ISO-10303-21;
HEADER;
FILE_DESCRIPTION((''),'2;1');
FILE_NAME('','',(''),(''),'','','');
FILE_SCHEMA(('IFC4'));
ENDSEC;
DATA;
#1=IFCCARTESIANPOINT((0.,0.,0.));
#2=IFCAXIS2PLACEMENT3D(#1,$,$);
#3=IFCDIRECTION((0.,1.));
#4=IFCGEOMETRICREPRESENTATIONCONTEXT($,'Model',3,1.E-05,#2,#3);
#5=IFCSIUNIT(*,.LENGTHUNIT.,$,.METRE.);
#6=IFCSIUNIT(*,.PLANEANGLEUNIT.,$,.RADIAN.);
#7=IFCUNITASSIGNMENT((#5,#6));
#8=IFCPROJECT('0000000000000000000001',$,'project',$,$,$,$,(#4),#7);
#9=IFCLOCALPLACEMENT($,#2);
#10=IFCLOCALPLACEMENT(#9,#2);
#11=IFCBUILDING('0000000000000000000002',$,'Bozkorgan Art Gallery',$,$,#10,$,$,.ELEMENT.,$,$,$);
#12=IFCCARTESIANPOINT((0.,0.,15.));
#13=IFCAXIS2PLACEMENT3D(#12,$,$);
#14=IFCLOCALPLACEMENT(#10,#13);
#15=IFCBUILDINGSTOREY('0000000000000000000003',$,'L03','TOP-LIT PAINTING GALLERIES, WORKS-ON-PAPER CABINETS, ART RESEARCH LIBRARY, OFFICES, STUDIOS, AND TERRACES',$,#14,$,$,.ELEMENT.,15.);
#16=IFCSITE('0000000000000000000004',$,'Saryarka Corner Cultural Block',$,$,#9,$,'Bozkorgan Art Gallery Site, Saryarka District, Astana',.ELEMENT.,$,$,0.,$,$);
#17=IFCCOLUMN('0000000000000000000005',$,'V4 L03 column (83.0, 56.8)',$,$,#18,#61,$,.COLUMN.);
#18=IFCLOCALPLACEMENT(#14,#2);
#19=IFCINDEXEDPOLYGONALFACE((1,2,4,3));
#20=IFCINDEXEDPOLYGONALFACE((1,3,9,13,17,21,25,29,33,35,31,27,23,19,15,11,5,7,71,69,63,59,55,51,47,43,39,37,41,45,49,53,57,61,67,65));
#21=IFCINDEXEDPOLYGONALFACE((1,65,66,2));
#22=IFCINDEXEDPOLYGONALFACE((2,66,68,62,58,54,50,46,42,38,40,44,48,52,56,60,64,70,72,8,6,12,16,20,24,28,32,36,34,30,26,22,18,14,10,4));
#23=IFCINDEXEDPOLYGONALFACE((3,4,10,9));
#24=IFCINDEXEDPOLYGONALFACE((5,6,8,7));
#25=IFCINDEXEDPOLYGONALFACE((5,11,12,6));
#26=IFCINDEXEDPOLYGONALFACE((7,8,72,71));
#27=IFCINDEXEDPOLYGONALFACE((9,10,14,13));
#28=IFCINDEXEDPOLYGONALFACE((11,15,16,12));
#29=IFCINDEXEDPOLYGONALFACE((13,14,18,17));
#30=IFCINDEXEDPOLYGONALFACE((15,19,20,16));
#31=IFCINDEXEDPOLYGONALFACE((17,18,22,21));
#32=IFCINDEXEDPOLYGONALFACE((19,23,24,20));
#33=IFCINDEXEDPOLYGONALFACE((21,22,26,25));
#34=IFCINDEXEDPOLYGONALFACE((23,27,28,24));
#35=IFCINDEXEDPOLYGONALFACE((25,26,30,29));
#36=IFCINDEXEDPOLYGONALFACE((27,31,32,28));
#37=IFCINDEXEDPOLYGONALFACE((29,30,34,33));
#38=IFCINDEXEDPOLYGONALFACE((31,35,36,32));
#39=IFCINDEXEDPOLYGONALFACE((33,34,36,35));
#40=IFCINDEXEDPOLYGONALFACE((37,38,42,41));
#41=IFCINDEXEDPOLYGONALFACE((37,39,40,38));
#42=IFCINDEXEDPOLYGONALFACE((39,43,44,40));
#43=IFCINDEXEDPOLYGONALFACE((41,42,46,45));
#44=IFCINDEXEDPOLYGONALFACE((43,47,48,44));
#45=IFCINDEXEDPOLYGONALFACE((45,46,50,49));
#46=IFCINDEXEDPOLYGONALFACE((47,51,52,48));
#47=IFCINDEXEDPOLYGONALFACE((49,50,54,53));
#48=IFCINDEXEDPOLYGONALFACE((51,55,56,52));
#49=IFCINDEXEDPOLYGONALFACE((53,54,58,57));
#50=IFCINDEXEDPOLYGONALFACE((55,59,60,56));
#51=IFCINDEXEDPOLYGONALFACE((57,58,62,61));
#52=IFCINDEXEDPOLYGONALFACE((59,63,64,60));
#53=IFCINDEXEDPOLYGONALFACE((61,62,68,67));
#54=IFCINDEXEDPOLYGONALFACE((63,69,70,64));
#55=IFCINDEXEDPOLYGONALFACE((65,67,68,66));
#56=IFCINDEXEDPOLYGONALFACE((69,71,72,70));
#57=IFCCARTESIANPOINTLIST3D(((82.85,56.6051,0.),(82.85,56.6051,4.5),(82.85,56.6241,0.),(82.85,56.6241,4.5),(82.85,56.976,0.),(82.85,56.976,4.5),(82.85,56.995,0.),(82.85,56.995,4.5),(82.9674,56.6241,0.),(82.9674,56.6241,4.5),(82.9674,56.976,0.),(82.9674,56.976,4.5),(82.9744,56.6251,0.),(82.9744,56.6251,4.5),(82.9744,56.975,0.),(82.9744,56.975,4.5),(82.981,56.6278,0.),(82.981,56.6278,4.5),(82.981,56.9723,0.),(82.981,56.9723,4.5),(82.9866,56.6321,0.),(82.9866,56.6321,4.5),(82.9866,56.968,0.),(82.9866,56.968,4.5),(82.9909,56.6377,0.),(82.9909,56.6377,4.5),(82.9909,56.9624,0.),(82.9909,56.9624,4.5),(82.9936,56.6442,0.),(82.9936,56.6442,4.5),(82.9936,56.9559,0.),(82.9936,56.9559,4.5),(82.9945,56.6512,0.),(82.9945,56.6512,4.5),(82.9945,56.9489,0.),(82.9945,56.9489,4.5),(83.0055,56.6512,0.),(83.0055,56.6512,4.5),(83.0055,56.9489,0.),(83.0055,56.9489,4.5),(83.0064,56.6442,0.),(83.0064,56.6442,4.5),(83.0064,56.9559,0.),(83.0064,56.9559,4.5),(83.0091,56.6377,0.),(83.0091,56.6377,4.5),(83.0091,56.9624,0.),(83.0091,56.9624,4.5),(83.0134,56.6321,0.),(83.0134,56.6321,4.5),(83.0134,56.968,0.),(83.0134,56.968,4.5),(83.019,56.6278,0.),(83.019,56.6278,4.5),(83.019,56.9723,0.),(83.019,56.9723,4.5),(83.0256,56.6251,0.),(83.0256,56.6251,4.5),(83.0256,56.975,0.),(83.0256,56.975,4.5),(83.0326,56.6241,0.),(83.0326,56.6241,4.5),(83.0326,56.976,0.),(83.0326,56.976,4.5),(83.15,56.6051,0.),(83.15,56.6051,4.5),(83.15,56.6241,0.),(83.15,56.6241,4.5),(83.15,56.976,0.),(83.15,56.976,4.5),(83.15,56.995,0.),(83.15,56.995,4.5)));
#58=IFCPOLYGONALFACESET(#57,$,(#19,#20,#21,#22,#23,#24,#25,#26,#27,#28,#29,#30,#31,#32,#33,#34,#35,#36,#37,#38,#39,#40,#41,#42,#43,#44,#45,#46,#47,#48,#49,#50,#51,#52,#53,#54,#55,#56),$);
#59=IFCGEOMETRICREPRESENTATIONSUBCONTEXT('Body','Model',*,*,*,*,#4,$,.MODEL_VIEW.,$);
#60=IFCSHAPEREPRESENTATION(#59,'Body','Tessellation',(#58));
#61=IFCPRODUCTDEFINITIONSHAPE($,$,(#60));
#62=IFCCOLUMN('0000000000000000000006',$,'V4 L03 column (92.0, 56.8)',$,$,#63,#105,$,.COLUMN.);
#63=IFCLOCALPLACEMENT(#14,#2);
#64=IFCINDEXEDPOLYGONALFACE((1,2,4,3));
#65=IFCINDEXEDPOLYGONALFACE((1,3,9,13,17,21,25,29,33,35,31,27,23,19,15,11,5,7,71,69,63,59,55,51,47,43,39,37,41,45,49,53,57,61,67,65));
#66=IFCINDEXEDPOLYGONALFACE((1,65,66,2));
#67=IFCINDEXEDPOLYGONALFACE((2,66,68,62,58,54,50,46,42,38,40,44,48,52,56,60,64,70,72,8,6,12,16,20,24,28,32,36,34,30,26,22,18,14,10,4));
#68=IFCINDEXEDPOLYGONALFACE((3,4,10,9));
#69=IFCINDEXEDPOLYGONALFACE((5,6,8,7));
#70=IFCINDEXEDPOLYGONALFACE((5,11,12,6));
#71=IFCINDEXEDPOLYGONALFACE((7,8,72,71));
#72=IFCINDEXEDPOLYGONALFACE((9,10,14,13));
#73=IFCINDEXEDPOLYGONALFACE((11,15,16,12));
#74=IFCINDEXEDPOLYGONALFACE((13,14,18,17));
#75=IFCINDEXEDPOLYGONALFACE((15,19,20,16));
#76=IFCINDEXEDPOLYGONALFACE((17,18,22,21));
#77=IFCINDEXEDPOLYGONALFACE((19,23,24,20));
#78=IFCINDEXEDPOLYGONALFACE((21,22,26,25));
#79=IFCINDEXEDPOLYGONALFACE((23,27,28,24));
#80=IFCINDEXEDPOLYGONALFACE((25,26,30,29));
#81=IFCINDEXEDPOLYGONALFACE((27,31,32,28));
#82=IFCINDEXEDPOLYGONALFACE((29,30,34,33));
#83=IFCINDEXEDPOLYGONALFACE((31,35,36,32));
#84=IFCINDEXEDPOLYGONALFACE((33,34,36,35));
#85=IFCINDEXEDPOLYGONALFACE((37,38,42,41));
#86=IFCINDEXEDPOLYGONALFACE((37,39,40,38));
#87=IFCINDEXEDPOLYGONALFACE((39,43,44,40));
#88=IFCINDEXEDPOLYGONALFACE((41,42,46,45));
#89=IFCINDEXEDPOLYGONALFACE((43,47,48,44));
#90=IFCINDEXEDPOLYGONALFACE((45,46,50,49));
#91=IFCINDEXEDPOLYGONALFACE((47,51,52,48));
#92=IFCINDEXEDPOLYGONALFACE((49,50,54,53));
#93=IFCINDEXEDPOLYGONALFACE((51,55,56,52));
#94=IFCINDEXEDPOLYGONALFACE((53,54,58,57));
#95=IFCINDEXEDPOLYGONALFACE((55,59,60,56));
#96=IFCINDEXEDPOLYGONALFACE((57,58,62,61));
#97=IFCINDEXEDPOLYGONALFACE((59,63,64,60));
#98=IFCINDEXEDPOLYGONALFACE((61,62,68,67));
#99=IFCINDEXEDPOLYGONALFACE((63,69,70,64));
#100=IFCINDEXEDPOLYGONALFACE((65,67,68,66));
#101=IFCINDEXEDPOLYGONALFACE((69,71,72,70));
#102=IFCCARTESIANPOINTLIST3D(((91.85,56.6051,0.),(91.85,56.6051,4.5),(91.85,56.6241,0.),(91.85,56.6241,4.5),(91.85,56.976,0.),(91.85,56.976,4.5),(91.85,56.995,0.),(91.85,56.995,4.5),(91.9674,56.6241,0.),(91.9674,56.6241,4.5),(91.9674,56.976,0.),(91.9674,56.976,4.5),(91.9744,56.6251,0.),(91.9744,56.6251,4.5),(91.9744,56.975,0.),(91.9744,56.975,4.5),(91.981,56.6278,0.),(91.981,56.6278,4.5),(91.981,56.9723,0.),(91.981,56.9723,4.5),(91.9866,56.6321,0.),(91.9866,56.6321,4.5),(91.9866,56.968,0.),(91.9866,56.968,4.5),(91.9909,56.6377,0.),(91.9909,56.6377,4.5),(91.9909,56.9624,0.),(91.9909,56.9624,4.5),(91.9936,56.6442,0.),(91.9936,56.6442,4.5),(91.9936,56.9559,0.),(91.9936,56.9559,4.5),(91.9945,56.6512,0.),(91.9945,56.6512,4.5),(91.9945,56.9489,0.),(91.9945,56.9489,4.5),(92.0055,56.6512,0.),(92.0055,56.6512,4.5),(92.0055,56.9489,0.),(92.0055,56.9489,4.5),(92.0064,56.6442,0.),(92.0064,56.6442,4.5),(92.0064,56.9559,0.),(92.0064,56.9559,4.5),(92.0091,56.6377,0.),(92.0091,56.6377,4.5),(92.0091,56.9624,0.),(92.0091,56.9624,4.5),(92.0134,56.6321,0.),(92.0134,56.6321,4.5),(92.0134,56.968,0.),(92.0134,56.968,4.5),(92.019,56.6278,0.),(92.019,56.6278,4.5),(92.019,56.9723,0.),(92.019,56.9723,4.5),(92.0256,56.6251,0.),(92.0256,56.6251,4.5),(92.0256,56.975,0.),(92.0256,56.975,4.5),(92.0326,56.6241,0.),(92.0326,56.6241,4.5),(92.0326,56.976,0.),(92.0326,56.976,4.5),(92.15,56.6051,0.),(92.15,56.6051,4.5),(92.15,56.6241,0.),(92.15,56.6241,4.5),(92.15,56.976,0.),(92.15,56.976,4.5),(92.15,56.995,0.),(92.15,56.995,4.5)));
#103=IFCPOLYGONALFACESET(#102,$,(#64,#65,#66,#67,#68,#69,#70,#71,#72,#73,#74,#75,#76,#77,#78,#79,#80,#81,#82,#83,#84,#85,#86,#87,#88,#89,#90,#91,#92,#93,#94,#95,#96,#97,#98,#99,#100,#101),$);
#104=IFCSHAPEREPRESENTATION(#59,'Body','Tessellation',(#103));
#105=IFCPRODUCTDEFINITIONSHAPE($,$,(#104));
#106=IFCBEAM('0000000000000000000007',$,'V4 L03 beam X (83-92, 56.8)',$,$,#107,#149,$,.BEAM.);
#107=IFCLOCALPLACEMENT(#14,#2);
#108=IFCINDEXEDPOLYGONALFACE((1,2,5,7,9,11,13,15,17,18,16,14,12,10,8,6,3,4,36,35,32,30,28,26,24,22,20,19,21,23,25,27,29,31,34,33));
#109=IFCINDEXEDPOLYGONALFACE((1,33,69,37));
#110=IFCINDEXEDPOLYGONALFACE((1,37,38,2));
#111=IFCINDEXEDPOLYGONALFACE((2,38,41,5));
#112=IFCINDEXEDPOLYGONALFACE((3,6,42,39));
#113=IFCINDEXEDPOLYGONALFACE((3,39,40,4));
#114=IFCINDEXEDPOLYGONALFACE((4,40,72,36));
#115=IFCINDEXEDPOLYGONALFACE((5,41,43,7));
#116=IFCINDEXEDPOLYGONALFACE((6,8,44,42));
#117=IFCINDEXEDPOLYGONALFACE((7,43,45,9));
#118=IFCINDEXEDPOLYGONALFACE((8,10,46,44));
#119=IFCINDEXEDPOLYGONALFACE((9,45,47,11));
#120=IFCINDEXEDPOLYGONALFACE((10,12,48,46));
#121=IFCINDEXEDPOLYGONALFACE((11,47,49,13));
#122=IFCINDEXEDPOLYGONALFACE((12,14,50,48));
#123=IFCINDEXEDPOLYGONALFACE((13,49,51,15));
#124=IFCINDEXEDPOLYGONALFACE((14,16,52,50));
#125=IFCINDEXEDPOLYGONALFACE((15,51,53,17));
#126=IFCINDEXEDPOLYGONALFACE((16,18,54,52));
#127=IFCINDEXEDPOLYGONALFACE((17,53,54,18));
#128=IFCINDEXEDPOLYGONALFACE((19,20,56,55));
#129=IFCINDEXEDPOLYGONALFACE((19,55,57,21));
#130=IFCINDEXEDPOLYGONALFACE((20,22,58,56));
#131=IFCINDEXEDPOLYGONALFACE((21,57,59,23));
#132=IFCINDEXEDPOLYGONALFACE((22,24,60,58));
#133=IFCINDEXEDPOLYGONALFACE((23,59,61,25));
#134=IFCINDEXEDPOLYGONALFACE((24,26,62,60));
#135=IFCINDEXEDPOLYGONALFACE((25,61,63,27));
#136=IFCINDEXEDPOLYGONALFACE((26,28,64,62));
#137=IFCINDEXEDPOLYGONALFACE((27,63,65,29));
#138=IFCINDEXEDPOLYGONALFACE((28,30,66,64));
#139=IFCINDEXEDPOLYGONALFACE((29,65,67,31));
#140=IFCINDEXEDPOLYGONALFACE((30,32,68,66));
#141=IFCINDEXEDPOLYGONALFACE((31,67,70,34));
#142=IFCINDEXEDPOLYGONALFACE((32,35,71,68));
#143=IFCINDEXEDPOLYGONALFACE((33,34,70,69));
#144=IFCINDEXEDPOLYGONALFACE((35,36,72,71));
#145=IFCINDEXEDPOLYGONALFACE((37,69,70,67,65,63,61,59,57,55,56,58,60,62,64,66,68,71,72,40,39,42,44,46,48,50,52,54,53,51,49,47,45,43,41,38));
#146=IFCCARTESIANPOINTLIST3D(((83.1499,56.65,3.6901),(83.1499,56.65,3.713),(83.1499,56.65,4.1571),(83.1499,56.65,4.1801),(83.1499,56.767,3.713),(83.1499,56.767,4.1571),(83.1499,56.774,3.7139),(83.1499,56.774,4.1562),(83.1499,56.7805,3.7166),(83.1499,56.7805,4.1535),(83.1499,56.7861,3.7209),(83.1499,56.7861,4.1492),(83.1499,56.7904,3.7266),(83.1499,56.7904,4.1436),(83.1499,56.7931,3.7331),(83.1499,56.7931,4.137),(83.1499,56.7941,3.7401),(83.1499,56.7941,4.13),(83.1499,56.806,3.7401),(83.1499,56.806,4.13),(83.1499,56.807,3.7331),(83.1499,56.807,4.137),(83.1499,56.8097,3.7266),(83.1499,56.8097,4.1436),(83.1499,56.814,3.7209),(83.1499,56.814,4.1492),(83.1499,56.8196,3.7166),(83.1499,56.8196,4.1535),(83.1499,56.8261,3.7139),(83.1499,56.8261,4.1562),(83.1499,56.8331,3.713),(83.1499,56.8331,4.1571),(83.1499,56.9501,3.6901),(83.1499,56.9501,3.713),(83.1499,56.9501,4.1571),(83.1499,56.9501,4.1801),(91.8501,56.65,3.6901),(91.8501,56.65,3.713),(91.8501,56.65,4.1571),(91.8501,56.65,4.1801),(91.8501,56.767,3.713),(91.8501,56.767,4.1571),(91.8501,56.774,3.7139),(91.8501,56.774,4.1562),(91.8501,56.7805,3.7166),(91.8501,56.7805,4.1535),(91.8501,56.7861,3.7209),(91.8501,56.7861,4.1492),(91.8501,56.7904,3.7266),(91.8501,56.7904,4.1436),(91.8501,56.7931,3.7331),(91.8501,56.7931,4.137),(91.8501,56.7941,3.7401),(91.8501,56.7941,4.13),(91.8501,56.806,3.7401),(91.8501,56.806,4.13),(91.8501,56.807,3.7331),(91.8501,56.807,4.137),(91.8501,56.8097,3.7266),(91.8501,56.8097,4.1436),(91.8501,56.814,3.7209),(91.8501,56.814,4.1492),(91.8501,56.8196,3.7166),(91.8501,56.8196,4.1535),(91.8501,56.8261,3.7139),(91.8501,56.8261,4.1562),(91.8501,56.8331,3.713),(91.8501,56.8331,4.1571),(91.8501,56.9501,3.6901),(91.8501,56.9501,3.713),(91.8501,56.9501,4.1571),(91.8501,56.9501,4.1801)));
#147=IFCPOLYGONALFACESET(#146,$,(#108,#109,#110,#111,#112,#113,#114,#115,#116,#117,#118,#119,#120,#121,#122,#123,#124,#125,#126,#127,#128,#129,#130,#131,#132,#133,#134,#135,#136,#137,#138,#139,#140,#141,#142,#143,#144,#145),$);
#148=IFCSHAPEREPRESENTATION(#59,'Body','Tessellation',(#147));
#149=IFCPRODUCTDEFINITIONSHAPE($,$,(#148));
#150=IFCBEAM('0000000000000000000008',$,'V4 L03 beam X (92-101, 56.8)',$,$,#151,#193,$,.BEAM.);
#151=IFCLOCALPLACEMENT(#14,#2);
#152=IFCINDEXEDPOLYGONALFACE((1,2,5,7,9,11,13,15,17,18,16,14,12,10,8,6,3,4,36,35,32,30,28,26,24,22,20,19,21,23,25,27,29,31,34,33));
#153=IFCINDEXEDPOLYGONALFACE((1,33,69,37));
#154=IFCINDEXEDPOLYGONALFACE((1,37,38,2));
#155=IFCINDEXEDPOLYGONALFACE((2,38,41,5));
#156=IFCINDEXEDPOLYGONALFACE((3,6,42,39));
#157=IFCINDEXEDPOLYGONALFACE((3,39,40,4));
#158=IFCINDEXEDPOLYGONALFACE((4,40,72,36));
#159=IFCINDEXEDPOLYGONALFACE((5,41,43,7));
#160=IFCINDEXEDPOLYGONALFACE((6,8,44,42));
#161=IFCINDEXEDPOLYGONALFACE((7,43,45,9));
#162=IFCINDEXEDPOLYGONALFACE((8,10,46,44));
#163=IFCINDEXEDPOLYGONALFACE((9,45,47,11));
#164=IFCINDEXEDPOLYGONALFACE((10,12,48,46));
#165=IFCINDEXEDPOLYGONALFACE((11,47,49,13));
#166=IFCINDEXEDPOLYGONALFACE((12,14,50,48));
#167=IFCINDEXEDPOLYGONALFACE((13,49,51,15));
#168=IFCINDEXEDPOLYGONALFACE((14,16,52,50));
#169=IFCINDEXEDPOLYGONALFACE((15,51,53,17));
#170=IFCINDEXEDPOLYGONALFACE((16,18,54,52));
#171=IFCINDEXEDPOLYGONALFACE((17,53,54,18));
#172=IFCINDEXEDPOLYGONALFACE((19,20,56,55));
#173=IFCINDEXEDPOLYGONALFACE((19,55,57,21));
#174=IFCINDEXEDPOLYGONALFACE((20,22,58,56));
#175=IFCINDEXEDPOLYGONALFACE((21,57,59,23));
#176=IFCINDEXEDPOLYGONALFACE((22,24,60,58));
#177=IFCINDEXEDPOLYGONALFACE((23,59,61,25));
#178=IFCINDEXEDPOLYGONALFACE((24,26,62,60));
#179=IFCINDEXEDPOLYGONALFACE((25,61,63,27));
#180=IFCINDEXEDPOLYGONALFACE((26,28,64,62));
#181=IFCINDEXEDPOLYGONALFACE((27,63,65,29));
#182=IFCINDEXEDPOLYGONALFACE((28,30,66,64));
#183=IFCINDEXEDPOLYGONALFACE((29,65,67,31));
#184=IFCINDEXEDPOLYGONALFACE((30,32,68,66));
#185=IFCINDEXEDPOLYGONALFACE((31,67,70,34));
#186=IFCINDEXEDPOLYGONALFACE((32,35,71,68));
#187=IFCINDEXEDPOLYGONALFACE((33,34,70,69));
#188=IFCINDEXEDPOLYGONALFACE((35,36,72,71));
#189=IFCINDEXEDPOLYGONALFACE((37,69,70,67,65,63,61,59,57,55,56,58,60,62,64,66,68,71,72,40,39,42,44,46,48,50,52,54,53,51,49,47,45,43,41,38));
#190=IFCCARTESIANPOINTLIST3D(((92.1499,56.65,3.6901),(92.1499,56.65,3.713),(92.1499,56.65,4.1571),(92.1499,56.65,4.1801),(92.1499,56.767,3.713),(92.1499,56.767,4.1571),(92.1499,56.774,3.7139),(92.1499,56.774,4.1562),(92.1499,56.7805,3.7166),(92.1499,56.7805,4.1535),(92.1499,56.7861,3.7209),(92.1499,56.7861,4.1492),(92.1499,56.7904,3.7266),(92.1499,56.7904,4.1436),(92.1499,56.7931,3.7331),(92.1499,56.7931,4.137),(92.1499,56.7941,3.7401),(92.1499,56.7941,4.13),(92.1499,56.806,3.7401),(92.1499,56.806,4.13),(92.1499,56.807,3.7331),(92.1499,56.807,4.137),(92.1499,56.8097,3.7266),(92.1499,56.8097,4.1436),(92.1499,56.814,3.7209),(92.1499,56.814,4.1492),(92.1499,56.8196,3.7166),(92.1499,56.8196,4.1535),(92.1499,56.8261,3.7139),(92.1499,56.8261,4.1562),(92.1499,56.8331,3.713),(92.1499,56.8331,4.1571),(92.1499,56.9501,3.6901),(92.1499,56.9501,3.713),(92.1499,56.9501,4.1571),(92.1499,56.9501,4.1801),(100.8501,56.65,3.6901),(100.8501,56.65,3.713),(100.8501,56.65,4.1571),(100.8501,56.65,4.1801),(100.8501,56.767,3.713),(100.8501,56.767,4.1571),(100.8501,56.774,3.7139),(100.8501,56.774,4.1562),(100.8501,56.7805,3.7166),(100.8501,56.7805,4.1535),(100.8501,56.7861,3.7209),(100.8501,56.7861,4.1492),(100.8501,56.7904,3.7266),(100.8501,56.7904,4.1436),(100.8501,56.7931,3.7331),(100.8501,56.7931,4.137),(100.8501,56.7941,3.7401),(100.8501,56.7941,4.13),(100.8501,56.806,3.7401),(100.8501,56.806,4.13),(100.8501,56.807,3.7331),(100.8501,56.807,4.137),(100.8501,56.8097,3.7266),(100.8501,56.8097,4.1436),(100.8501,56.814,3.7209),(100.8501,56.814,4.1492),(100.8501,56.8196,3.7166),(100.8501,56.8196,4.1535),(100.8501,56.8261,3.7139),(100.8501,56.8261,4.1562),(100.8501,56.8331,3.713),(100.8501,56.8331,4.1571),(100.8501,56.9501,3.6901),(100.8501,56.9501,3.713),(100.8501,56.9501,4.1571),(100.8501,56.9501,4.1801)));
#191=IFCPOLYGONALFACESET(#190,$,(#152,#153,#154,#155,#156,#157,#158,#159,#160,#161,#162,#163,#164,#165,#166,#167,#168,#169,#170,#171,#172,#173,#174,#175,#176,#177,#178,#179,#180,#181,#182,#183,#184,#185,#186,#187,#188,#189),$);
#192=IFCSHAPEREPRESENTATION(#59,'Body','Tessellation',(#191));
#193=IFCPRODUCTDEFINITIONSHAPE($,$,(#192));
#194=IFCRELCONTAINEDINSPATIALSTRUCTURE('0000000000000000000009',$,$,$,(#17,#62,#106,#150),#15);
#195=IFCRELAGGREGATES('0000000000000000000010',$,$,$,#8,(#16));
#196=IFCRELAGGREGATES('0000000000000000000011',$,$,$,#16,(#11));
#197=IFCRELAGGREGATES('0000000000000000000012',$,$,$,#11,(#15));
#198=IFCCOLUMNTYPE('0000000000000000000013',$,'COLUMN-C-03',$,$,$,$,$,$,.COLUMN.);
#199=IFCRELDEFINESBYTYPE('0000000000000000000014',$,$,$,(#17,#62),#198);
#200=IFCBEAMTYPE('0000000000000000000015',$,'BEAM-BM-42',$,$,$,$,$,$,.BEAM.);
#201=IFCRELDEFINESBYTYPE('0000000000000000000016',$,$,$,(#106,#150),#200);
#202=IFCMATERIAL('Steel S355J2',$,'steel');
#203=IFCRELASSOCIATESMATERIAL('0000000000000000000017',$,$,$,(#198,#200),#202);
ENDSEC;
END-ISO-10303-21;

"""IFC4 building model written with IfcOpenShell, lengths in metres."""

from ifc_helpers import new_model, si_unit, direction, frame, origin, origin_2d, place, context, subcontext, project, spatial, i_section, extrude, material, material_profile, profile_set, type_object, element, save


model = new_model("IFC4")

# Units and contexts
model_context = context("Model", 3, precision=1e-05, world=origin(), true_north=direction((0.0, 1.0)))
body_context = subcontext(model_context, "Body", "Model", "MODEL_VIEW")
ifc_project = project(units=[si_unit("LENGTHUNIT", "METRE"), si_unit("PLANEANGLEUNIT", "RADIAN")], contexts=[model_context])

# Site, building, storey
site_placement = place(None, origin())
site = spatial("IfcSite", under=ifc_project, at=site_placement, Name="Saryarka Corner Cultural Block", LongName="Bozkorgan Art Gallery Site, Saryarka District, Astana", CompositionType="ELEMENT", RefElevation=0.0)
building_placement = place(site_placement, origin())
building = spatial("IfcBuilding", under=site, at=building_placement, Name="Bozkorgan Art Gallery", CompositionType="ELEMENT")
storey_placement = place(building_placement, frame((0.0, 0.0, 15.0)))
storey = spatial("IfcBuildingStorey", under=building, at=storey_placement, Name="L03", Description="TOP-LIT PAINTING GALLERIES, WORKS-ON-PAPER CABINETS, ART RESEARCH LIBRARY, OFFICES, STUDIOS, AND TERRACES", CompositionType="ELEMENT", Elevation=15.0)

# Columns
ifc_material_1 = material(Name="Steel S355J2", Category="steel")
ifc_material_profile_1 = material_profile(ifc_material_1, i_section(OverallWidth=0.3, OverallDepth=0.3899, WebThickness=0.011, FlangeThickness=0.019, FilletRadius=0.0271, at=origin_2d()), Name="HEA 400")
ifc_profile_set_1 = profile_set([ifc_material_profile_1], Name="Steel S355J2")
column_type = type_object("IfcColumnType", Name="COLUMN-C-03", PredefinedType="COLUMN", material=ifc_profile_set_1)
for number, where, z_axis, x_axis, name in (
    (1, (83.0, 56.8, 0.0), (0.0, 0.0, 1.0), (1.0, 0.0, 0.0), "V4 L03 column (83.0, 56.8)"),
    (2, (92.0, 56.8, 0.0), (0.0, 0.0, 1.0), (1.0, 0.0, 0.0), "V4 L03 column (92.0, 56.8)"),
):
    element("IfcColumn", number, at=place(storey_placement, frame(where, z_axis=z_axis, x_axis=x_axis)), inside=storey, type_object=column_type, Name=name, PredefinedType="COLUMN", context=body_context, shape_type="SweptSolid", body=[
        extrude(i_section(OverallWidth=0.3, OverallDepth=0.3899, WebThickness=0.011, FlangeThickness=0.019, FilletRadius=0.0271, at=origin_2d()), origin(), (0.0, 0.0, 1.0), 4.5),
    ])

# Beams
ifc_material_profile_2 = material_profile(ifc_material_1, i_section(OverallWidth=0.3, OverallDepth=0.49, WebThickness=0.012, FlangeThickness=0.0229, FilletRadius=0.0271, at=origin_2d()), Name="HEA 500")
ifc_profile_set_2 = profile_set([ifc_material_profile_2], Name="Steel S355J2")
beam_type_1 = type_object("IfcBeamType", Name="BEAM-BM-42", PredefinedType="BEAM", material=ifc_profile_set_2)
for number, where, z_axis, x_axis, name in (
    (3, (83.1499, 56.8, 3.9351), (1.0, 0.0, 0.0), (0.0, 1.0, 0.0), "V4 L03 beam X (83-92, 56.8)"),
    (4, (92.1499, 56.8, 3.9351), (1.0, 0.0, 0.0), (0.0, 1.0, 0.0), "V4 L03 beam X (92-101, 56.8)"),
):
    element("IfcBeam", number, at=place(storey_placement, frame(where, z_axis=z_axis, x_axis=x_axis)), inside=storey, type_object=beam_type_1, Name=name, PredefinedType="BEAM", context=body_context, shape_type="SweptSolid", body=[
        extrude(i_section(OverallWidth=0.3, OverallDepth=0.49, WebThickness=0.012, FlangeThickness=0.0229, FilletRadius=0.0271, at=origin_2d()), origin(), (0.0, 0.0, 1.0), 8.7002),
    ])

save(model, "model.ifc")
